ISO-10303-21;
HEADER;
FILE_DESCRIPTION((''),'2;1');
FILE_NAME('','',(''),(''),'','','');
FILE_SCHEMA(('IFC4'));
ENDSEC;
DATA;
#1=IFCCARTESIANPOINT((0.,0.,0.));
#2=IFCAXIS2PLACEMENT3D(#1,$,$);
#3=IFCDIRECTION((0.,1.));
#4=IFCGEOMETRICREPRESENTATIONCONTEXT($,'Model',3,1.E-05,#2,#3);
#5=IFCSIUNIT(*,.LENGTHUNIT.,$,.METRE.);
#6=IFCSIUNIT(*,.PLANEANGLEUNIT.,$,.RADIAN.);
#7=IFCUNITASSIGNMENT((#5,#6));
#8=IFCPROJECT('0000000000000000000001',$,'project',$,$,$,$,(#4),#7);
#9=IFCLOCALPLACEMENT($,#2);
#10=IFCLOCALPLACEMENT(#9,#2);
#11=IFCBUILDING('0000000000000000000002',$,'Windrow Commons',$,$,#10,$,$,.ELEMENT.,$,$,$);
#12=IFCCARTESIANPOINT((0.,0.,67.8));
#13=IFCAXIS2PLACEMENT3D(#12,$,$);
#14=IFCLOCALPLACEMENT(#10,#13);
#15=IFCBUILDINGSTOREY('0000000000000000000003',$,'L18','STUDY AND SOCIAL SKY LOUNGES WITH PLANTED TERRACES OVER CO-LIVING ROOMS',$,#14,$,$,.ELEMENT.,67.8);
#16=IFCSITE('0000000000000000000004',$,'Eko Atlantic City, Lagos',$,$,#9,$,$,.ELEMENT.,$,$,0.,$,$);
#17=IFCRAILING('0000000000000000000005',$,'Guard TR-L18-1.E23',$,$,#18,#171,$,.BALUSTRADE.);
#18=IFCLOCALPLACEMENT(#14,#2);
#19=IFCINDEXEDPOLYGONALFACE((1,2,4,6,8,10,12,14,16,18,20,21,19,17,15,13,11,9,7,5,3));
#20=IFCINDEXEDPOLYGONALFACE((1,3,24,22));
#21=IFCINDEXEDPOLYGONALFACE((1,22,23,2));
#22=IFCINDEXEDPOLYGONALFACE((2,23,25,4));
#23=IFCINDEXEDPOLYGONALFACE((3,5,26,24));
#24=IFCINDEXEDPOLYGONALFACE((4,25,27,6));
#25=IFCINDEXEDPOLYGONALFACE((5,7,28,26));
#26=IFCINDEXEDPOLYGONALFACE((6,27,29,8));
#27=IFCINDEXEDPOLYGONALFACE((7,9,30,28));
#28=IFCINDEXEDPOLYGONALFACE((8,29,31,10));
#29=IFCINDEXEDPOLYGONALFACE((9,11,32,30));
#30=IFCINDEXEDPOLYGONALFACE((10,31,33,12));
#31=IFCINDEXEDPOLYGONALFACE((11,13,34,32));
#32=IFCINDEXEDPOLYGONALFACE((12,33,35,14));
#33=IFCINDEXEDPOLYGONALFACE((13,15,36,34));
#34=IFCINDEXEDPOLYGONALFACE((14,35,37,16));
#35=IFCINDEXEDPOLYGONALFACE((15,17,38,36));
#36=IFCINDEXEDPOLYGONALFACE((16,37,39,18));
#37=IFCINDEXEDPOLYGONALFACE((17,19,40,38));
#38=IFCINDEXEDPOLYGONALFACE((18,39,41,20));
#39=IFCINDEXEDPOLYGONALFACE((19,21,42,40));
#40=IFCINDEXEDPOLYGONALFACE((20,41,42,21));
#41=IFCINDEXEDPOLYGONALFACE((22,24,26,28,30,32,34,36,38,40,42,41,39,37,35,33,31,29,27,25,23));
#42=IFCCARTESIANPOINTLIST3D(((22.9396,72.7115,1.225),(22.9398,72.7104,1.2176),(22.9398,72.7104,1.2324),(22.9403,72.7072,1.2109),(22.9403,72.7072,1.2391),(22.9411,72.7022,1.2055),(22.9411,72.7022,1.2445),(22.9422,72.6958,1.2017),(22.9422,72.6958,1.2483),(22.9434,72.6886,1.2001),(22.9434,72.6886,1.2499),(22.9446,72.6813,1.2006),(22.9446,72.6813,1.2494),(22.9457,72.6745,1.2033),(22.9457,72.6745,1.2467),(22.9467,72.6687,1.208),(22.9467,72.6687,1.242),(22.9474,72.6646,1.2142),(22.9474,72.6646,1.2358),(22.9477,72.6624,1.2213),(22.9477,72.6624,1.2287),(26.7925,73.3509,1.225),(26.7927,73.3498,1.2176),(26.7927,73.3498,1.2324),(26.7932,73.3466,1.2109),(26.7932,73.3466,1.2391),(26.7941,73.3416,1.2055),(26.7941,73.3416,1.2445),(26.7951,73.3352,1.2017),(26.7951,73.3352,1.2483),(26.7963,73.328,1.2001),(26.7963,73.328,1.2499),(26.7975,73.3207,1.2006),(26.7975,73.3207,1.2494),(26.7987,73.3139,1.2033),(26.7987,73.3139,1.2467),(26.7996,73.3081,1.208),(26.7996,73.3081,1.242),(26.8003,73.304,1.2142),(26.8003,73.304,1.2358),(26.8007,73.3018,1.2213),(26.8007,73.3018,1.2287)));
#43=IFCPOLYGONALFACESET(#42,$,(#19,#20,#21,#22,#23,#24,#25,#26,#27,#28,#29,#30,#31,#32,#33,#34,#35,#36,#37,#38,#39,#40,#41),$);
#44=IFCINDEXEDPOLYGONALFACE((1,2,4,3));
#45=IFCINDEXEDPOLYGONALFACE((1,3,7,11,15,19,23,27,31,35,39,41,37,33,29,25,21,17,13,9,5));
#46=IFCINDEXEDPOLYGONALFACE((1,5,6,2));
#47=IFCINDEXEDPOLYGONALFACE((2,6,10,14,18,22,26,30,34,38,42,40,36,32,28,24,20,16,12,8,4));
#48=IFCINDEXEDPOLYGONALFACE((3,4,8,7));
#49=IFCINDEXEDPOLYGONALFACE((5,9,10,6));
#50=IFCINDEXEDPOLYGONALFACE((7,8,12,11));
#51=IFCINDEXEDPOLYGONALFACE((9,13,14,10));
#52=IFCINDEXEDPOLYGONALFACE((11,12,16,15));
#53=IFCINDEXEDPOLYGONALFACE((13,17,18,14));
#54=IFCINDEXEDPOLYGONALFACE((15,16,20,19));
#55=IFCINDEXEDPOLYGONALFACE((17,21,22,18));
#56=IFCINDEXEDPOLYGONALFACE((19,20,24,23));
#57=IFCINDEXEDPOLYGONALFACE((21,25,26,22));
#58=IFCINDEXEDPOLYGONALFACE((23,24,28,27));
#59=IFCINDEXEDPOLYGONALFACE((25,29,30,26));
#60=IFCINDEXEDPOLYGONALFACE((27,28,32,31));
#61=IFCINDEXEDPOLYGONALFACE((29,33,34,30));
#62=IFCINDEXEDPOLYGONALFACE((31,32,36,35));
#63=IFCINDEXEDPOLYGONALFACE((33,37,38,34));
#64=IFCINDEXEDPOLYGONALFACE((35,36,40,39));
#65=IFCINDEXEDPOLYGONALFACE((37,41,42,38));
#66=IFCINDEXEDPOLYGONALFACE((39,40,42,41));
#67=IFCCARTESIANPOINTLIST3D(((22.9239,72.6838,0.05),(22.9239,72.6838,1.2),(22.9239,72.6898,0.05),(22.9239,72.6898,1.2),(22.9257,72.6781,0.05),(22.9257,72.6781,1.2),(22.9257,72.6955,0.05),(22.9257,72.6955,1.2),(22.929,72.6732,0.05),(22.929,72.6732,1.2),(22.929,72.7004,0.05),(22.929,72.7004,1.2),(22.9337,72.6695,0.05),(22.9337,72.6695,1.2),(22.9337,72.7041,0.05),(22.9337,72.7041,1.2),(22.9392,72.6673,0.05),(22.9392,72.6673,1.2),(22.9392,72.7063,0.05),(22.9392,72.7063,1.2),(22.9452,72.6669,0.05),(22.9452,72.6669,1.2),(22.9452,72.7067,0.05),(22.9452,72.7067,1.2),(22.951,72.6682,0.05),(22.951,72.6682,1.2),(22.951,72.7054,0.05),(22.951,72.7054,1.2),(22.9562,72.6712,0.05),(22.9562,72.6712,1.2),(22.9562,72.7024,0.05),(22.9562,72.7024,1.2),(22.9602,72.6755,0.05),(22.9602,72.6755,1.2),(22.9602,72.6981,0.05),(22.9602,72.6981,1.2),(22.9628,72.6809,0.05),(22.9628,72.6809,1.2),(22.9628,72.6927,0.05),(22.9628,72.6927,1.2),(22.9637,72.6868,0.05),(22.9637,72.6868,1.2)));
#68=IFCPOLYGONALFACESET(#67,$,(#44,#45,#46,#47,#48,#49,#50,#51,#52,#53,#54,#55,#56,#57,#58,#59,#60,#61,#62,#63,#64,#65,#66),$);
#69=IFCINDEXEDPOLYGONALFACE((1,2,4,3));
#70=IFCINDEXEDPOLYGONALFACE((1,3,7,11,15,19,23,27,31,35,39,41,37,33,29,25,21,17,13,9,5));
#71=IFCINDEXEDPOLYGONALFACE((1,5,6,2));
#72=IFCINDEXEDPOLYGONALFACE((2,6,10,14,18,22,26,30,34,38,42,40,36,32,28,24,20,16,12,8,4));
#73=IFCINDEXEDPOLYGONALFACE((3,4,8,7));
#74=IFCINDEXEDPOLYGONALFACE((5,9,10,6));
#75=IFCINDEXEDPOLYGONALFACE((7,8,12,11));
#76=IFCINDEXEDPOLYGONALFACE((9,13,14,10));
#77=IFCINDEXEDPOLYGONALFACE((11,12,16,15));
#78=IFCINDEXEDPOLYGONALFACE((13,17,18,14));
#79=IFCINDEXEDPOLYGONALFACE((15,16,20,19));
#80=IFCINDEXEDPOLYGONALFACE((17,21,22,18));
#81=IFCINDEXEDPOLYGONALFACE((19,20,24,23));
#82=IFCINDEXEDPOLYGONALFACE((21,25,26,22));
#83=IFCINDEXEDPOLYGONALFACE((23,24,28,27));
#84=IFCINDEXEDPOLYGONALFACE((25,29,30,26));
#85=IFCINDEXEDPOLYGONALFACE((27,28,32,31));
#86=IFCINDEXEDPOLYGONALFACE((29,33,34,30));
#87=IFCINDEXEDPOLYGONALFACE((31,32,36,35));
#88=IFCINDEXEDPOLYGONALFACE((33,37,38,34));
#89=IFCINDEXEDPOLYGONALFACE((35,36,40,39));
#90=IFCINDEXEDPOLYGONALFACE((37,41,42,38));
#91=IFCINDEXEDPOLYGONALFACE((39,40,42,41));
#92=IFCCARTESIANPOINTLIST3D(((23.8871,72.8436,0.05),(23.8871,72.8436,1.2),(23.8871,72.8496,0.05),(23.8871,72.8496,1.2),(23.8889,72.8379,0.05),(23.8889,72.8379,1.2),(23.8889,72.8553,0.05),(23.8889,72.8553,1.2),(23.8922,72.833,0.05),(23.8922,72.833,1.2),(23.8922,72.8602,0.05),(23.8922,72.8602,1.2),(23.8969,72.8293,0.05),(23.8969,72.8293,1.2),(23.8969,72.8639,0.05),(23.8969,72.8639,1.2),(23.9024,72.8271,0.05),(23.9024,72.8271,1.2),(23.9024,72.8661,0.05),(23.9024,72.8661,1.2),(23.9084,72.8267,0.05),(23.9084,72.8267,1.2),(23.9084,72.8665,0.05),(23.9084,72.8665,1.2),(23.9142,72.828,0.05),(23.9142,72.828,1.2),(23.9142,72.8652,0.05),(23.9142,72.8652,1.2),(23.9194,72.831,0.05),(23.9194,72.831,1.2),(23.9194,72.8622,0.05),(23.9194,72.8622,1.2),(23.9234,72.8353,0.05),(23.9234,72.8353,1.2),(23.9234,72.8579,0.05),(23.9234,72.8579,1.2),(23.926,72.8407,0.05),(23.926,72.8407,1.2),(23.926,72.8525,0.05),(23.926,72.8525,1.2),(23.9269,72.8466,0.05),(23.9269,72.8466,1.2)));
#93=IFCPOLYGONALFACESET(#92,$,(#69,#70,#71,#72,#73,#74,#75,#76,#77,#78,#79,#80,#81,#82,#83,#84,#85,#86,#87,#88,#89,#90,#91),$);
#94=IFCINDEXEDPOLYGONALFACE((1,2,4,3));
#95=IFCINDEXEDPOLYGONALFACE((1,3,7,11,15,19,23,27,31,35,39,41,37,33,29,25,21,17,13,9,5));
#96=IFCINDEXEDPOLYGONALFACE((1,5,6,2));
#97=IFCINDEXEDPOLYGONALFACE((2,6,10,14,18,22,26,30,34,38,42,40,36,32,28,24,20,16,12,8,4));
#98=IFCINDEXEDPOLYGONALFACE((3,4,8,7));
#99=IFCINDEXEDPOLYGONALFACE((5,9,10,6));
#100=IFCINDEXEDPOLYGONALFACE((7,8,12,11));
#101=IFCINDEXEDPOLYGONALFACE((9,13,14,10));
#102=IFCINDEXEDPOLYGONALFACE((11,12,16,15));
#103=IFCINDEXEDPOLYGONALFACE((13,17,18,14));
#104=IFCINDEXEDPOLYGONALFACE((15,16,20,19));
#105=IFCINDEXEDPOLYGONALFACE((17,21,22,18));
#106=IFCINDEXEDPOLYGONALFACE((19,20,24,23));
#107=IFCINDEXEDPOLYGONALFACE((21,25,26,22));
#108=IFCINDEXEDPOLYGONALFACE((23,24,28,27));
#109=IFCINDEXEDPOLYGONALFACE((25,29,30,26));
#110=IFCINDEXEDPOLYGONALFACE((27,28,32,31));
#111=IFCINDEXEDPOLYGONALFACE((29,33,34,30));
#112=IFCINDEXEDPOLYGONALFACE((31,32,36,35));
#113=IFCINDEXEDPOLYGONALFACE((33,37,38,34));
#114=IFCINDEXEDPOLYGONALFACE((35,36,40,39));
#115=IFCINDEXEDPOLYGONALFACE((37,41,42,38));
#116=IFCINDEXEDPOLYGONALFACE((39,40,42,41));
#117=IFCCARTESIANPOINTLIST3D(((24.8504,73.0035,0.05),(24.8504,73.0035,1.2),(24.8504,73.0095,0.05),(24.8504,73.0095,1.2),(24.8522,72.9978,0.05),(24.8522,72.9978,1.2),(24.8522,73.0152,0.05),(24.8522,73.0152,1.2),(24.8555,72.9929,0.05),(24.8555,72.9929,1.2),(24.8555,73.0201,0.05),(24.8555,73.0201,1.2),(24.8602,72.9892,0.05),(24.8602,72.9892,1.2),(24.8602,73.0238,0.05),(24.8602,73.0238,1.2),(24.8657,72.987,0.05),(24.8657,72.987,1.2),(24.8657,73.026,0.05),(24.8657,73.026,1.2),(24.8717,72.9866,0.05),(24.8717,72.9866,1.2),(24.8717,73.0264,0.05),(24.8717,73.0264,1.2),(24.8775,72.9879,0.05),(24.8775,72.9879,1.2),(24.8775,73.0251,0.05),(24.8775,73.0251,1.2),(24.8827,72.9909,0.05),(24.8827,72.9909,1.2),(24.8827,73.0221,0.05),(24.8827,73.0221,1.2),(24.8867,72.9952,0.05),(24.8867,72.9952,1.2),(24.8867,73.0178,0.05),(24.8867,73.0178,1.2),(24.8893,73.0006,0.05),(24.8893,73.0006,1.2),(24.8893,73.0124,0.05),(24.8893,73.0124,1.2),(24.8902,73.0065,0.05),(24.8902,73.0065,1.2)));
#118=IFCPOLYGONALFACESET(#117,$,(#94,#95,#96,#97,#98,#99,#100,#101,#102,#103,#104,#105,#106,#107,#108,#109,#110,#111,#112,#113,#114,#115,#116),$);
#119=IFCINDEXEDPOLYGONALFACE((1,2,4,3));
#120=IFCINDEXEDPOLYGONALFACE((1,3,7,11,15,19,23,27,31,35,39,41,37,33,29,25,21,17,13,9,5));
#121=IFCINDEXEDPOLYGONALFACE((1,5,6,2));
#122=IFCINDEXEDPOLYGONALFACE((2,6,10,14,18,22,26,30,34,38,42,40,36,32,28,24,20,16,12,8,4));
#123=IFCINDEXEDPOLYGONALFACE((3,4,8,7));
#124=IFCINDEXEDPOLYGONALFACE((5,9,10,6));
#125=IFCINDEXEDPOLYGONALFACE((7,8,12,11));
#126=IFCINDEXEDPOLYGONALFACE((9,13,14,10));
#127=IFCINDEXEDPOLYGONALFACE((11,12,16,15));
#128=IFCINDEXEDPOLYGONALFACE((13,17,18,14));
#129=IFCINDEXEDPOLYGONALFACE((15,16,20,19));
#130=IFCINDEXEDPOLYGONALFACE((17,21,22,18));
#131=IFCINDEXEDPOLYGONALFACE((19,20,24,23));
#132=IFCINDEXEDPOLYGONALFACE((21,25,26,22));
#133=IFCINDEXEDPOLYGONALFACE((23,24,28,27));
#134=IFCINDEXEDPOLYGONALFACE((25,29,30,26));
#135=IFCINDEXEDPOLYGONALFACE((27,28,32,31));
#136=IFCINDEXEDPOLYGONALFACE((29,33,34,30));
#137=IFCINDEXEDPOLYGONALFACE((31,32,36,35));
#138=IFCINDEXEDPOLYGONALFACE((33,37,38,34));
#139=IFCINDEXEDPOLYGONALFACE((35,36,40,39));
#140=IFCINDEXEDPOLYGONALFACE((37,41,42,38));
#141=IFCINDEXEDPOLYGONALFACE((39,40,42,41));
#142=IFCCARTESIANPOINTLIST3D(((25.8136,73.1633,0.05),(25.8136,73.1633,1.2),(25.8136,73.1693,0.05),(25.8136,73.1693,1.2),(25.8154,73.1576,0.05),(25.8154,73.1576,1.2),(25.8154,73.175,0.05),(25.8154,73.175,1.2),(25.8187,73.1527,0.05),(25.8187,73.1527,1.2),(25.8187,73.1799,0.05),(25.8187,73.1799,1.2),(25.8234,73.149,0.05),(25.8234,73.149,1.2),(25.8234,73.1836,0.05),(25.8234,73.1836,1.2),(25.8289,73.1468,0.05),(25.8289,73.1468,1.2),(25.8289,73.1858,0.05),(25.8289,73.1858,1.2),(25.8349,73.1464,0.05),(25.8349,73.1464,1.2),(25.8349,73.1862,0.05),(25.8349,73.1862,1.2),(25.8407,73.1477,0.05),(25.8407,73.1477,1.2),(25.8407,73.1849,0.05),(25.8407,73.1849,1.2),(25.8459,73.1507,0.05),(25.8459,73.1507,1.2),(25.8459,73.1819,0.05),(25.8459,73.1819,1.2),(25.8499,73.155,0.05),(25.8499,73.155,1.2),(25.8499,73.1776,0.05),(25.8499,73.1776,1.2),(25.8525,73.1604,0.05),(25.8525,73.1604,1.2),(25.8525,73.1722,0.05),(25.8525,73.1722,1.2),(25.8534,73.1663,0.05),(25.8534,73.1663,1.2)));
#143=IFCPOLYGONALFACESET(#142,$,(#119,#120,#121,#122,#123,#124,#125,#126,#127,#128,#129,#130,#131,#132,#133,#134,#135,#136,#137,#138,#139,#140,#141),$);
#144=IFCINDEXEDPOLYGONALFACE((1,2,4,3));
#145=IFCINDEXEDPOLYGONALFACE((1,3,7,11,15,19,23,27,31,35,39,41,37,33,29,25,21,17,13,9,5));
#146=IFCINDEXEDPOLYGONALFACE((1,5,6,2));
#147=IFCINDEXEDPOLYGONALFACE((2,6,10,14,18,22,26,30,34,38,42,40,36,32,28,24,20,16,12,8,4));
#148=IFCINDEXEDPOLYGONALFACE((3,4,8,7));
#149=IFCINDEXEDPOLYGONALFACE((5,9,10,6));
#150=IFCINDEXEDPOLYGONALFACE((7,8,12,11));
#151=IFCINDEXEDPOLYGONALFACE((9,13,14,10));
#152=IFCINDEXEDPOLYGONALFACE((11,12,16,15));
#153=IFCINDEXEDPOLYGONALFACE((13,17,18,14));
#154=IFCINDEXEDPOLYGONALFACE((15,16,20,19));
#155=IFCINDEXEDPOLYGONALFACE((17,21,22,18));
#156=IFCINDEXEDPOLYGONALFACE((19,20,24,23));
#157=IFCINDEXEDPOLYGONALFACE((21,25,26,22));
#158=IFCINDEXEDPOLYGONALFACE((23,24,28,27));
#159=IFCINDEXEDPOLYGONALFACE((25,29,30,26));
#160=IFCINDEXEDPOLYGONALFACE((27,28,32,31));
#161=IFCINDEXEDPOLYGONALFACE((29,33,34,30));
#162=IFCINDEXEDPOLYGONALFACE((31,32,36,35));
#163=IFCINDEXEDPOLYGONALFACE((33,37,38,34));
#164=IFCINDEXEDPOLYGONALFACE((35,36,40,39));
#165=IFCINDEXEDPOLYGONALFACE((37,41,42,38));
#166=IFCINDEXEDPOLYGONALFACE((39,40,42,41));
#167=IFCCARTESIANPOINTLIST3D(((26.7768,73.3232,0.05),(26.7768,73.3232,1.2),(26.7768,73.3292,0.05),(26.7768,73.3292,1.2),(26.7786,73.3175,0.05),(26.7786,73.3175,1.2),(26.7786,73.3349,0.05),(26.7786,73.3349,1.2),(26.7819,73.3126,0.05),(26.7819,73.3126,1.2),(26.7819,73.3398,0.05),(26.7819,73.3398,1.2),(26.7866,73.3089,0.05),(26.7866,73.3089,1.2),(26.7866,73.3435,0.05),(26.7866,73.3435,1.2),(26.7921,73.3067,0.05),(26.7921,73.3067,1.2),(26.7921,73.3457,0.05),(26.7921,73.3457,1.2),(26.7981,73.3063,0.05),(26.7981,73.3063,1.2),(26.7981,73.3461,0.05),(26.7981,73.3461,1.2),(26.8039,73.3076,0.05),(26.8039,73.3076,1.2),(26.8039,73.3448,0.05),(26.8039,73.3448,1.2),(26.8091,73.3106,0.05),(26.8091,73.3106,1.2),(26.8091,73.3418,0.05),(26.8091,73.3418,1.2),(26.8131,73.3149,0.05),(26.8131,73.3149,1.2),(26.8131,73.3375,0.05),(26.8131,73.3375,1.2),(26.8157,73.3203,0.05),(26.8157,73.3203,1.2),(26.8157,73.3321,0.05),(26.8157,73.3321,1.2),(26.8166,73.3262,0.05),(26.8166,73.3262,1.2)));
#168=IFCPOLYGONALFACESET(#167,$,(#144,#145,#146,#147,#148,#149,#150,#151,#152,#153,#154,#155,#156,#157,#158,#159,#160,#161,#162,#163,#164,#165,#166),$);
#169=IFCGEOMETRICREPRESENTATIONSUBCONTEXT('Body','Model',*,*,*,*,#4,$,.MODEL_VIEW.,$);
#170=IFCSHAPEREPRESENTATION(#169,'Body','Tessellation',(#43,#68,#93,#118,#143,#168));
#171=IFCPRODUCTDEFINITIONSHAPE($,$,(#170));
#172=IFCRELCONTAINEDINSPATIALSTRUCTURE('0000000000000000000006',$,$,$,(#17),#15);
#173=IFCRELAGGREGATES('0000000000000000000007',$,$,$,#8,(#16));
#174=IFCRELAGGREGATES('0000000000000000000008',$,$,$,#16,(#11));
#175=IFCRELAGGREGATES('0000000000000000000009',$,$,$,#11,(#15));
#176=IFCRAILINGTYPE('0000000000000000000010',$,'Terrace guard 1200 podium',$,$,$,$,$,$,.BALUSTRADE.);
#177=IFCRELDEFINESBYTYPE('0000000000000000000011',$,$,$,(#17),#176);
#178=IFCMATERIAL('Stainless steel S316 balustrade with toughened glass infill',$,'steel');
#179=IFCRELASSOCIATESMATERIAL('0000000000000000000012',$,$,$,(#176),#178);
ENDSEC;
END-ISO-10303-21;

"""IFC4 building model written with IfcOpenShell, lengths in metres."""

from ifc_helpers import new_model, si_unit, direction, frame, origin, origin_2d, place, context, subcontext, project, spatial, circle, extrude, material, type_object, element, save


model = new_model("IFC4")

# Units and contexts
model_context = context("Model", 3, precision=1e-05, world=origin(), true_north=direction((0.0, 1.0)))
body_context = subcontext(model_context, "Body", "Model", "MODEL_VIEW")
ifc_project = project(units=[si_unit("LENGTHUNIT", "METRE"), si_unit("PLANEANGLEUNIT", "RADIAN")], contexts=[model_context])

# Site, building, storey
site_placement = place(None, origin())
site = spatial("IfcSite", under=ifc_project, at=site_placement, Name="Eko Atlantic City, Lagos", CompositionType="ELEMENT", RefElevation=0.0)
building_placement = place(site_placement, origin())
building = spatial("IfcBuilding", under=site, at=building_placement, Name="Windrow Commons", CompositionType="ELEMENT")
storey_placement = place(building_placement, frame((0.0, 0.0, 67.8)))
storey = spatial("IfcBuildingStorey", under=building, at=storey_placement, Name="L18", Description="STUDY AND SOCIAL SKY LOUNGES WITH PLANTED TERRACES OVER CO-LIVING ROOMS", CompositionType="ELEMENT", Elevation=67.8)

# Railing
ifc_material_1 = material(Name="Stainless steel S316 balustrade with toughened glass infill", Category="steel")
railing_type = type_object("IfcRailingType", Name="Terrace guard 1200 podium", PredefinedType="BALUSTRADE", material=ifc_material_1)
railing_1_placement = place(storey_placement, frame((22.9437, 72.6868, 0.05)))
element("IfcRailing", 1, at=railing_1_placement, inside=storey, type_object=railing_type, Name="Guard TR-L18-1.E23", PredefinedType="BALUSTRADE", context=body_context, shape_type="SweptSolid", body=[
    extrude(circle(Radius=0.025, at=origin_2d()), frame((0.0, 0.0, 1.175), z_axis=(0.986508, 0.163714, 0.0), x_axis=(-0.163714, 0.986508, 0.0)), (0.0, 0.0, 1.0), 3.9056),
    extrude(circle(Radius=0.02, at=origin_2d()), origin(), (0.0, 0.0, 1.0), 1.15),
    extrude(circle(Radius=0.02, at=origin_2d()), frame((0.9632, 0.1598, 0.0)), (0.0, 0.0, 1.0), 1.15),
    extrude(circle(Radius=0.02, at=origin_2d()), frame((1.9265, 0.3197, 0.0)), (0.0, 0.0, 1.0), 1.15),
    extrude(circle(Radius=0.02, at=origin_2d()), frame((2.8897, 0.4795, 0.0)), (0.0, 0.0, 1.0), 1.15),
    extrude(circle(Radius=0.02, at=origin_2d()), frame((3.8529, 0.6394, 0.0)), (0.0, 0.0, 1.0), 1.15),
])

save(model, "model.ifc")
